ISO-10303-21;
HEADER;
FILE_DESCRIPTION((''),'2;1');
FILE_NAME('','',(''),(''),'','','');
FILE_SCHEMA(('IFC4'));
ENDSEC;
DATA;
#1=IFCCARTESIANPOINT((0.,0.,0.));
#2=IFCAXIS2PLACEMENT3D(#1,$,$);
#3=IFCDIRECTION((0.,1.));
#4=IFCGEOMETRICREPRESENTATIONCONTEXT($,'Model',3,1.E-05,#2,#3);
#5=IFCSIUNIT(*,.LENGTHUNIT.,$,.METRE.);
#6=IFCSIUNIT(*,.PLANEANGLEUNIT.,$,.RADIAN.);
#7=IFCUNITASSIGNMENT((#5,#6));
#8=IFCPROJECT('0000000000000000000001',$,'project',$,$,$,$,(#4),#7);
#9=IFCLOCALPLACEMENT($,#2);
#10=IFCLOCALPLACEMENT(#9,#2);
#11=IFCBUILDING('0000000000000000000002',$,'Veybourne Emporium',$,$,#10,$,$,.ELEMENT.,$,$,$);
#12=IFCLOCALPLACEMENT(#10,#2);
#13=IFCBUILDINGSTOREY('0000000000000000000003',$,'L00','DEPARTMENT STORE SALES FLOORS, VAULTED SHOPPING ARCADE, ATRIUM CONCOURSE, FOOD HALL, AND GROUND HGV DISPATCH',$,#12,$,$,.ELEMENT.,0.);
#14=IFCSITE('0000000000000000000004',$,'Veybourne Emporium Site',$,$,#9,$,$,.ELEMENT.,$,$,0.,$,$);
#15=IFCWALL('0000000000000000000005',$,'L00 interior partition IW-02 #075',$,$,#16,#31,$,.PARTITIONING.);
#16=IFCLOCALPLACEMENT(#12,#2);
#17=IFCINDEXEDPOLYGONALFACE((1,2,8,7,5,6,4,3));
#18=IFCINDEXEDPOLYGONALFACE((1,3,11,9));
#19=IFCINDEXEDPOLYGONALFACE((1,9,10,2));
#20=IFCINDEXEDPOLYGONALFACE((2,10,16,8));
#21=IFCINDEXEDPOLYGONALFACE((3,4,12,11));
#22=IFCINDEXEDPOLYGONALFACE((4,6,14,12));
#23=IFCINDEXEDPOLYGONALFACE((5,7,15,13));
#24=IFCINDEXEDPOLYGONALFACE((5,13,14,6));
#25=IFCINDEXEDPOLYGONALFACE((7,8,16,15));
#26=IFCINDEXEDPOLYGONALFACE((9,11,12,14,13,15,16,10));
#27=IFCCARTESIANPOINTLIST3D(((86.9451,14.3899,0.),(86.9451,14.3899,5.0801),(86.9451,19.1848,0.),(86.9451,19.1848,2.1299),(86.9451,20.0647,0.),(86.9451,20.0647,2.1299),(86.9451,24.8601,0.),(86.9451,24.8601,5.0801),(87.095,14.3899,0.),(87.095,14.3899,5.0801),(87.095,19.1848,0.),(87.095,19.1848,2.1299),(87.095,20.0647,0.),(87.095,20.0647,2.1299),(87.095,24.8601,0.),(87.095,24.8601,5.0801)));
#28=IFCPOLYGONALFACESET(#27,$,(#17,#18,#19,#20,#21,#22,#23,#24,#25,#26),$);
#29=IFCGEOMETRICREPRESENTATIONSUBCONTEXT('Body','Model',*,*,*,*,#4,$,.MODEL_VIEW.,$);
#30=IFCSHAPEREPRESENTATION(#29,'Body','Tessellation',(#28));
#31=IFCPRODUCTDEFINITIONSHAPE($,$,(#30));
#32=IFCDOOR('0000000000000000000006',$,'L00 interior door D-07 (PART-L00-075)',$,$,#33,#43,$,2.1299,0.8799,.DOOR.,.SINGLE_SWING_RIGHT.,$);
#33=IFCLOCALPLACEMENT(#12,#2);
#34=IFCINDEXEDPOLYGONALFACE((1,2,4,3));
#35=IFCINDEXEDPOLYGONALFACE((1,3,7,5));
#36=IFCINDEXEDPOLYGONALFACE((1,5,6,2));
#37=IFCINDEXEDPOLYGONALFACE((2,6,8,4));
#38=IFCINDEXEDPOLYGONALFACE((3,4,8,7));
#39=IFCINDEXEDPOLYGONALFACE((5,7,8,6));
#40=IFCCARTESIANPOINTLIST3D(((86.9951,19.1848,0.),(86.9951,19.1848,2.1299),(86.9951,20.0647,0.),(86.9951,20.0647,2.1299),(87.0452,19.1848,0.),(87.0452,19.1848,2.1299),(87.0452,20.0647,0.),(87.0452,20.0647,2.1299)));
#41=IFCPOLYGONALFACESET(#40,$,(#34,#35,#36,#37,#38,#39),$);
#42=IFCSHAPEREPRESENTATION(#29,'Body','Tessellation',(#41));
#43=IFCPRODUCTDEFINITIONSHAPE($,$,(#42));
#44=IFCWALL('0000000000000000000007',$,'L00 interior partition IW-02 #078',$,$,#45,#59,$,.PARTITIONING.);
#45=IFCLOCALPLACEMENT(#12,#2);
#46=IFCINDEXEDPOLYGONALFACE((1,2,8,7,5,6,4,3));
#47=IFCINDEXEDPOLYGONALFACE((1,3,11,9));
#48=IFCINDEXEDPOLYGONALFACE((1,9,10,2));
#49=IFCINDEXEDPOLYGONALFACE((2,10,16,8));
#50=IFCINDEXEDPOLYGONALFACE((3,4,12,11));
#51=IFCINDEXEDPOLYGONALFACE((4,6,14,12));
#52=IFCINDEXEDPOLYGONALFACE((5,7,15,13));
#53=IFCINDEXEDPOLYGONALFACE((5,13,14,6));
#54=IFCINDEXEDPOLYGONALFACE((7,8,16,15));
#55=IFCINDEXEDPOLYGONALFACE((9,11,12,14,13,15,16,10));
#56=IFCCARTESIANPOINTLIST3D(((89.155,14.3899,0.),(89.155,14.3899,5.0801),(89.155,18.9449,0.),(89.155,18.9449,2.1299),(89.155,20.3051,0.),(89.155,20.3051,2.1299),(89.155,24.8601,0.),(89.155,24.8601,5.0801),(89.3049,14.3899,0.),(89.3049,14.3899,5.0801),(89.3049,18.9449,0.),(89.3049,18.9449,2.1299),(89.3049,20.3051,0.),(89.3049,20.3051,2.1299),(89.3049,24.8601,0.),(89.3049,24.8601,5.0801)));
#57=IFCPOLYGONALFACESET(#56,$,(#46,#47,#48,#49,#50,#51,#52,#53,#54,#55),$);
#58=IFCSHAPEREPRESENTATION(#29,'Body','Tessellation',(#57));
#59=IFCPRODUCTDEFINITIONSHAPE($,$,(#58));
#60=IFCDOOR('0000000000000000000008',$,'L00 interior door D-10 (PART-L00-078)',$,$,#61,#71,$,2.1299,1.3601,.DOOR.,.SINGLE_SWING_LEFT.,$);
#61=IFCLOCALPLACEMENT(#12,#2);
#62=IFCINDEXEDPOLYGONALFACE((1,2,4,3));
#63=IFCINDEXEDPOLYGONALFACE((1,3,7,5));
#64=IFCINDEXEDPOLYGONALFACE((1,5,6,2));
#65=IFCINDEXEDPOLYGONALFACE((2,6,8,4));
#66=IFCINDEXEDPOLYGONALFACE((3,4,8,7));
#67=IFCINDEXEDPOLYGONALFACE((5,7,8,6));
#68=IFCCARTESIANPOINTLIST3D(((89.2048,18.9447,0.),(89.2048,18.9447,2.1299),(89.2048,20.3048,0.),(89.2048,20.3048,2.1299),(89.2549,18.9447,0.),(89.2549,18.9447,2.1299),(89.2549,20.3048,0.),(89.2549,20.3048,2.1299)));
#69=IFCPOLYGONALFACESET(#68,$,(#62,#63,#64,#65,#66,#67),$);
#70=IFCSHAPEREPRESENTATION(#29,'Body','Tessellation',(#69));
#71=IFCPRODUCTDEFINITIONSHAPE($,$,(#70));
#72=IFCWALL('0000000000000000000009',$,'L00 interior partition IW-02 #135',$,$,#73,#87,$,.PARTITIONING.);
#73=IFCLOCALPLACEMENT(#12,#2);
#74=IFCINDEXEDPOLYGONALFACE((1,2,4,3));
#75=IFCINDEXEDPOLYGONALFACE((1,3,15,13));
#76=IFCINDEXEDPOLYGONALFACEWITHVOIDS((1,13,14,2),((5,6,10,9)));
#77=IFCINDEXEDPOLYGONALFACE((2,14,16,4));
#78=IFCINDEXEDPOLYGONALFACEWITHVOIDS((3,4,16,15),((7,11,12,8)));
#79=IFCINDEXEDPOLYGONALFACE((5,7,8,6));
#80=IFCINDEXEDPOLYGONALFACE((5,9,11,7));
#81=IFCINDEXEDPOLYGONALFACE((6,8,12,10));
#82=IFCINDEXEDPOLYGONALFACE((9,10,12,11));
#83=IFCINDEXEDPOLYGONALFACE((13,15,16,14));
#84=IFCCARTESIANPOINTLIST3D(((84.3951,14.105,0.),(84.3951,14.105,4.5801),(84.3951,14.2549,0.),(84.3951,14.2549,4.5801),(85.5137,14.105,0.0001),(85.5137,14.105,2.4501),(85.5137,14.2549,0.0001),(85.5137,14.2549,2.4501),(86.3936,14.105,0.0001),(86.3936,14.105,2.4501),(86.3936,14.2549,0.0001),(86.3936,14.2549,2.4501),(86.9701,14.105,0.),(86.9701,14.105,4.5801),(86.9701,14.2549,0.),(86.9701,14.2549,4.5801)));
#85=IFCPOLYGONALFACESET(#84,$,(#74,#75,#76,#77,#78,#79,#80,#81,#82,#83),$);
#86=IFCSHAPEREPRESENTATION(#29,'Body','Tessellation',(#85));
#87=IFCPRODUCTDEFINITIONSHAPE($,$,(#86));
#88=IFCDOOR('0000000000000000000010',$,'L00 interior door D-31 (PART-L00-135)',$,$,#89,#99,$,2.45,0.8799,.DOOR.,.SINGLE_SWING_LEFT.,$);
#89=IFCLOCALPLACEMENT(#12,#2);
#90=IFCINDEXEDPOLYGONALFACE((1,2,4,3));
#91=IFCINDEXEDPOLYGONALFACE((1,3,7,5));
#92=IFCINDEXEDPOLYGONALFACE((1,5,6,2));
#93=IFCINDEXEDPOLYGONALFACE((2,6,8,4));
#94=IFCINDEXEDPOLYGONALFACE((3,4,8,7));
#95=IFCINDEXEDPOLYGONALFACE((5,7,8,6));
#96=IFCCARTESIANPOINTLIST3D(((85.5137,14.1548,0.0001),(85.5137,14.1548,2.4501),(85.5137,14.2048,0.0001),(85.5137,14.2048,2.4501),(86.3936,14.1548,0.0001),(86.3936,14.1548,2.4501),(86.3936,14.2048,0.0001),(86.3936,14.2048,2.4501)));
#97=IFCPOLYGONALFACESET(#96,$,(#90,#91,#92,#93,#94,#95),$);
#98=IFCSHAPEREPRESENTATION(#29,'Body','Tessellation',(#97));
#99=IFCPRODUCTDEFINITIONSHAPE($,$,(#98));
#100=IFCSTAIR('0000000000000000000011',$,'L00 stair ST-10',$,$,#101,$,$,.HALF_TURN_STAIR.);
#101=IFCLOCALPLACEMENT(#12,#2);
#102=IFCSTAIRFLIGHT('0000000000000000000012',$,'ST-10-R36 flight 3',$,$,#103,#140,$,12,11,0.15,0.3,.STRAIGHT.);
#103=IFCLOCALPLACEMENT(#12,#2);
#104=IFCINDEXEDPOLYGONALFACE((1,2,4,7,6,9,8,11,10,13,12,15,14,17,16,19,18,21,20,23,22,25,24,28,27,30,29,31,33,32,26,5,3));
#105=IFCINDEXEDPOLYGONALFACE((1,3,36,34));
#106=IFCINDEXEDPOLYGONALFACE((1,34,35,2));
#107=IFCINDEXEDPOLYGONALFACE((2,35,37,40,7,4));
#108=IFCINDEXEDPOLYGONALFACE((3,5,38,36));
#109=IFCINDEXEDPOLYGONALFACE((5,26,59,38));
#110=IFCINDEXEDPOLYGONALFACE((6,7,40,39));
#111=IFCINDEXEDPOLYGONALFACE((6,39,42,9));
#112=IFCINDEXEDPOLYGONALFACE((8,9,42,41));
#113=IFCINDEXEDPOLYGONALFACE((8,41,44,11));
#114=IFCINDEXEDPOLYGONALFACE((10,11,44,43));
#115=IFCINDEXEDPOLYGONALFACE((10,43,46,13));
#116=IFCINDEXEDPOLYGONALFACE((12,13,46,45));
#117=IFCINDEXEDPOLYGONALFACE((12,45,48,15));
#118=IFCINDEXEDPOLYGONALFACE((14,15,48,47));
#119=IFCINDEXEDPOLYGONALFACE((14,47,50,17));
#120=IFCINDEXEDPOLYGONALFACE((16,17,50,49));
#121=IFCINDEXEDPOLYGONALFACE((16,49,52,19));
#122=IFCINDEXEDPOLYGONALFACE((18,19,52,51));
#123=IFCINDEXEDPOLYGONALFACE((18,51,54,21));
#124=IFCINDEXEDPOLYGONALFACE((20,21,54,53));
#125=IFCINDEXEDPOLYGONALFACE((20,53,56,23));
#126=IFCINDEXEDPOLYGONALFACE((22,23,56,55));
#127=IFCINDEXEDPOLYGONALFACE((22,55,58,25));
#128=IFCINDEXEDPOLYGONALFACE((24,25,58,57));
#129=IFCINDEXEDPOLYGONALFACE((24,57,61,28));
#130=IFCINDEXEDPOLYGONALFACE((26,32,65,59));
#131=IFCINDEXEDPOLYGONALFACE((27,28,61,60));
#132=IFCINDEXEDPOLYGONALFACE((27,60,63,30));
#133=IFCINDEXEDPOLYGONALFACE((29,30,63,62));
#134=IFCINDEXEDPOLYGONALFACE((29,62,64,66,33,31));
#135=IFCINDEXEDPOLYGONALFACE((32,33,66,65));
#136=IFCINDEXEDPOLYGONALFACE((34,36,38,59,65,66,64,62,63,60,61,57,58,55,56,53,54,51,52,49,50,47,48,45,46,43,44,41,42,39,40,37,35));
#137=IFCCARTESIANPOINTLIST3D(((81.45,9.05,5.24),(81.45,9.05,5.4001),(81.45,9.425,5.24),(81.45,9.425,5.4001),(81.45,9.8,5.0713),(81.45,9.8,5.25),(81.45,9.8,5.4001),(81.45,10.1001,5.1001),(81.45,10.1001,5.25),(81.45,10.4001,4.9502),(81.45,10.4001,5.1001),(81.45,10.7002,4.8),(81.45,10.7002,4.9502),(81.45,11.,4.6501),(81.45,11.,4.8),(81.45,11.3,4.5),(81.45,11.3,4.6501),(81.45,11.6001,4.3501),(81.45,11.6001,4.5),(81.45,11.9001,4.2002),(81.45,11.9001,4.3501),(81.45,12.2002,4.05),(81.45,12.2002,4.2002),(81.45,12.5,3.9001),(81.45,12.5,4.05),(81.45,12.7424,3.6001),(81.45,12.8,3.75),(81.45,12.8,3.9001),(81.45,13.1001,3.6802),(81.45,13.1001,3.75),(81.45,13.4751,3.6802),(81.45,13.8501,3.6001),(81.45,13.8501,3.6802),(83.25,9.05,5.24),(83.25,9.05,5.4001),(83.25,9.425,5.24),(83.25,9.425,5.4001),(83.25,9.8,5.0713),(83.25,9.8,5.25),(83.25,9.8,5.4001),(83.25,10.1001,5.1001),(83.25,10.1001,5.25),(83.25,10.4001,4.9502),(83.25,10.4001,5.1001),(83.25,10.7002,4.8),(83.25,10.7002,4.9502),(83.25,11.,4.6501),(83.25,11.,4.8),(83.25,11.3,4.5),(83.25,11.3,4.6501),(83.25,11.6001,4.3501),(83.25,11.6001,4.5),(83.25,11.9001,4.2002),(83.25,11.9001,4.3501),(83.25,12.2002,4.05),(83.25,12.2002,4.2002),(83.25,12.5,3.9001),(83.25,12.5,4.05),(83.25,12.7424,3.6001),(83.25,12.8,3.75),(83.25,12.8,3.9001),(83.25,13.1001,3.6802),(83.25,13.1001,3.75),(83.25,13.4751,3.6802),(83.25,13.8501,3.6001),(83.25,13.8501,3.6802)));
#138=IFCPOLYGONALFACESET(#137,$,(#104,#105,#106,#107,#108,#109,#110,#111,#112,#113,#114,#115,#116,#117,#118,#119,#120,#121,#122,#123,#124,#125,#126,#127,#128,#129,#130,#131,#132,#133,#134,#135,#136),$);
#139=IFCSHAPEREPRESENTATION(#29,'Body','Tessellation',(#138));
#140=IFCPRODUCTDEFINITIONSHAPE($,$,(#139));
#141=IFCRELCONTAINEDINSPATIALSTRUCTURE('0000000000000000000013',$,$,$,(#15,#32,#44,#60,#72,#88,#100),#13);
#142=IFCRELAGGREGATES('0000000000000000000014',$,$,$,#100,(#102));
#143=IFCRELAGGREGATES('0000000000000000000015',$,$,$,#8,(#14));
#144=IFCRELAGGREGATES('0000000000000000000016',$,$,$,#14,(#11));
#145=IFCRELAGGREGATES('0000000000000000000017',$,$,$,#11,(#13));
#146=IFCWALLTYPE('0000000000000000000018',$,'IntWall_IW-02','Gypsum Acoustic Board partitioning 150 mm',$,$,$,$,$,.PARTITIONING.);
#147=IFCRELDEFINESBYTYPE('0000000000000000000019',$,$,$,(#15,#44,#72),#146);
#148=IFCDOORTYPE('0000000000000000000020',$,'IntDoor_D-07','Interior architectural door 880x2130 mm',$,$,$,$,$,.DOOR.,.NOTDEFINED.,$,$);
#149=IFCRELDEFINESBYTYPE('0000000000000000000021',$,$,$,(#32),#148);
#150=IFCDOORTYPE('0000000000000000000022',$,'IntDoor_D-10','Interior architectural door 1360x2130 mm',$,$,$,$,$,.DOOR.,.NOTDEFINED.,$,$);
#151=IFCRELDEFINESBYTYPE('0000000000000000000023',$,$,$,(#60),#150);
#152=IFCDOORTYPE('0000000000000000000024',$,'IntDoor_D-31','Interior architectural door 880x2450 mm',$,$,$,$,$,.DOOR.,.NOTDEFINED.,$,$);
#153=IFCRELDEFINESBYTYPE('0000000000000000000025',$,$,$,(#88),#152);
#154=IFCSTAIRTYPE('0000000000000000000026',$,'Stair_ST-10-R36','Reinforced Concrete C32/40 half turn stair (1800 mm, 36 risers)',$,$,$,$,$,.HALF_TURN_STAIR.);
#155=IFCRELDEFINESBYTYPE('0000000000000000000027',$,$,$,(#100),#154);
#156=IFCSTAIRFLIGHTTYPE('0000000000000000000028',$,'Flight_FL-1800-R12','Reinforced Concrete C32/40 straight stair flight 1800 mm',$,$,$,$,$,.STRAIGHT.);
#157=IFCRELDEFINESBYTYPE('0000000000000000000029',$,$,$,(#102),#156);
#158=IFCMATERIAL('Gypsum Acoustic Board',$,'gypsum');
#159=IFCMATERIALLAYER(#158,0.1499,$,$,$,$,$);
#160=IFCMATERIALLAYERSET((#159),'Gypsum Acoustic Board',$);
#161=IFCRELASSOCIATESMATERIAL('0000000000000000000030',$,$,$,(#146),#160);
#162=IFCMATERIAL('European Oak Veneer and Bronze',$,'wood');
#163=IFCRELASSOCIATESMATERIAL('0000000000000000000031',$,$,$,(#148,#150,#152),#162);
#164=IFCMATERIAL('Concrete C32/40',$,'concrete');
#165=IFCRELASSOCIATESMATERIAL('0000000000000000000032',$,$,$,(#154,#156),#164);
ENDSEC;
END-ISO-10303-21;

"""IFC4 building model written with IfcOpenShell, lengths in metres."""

from ifc_helpers import new_model, si_unit, direction, frame, frame_2d, origin, place, context, subcontext, project, spatial, polyline, rectangle, outline, extrude, material, layer, layer_set, type_object, element, fill, aggregate, save


model = new_model("IFC4")

# Units and contexts
model_context = context("Model", 3, precision=1e-05, world=origin(), true_north=direction((0.0, 1.0)))
body_context = subcontext(model_context, "Body", "Model", "MODEL_VIEW")
ifc_project = project(units=[si_unit("LENGTHUNIT", "METRE"), si_unit("PLANEANGLEUNIT", "RADIAN")], contexts=[model_context])

# Site, building, storey
site_placement = place(None, origin())
site = spatial("IfcSite", under=ifc_project, at=site_placement, Name="Veybourne Emporium Site", CompositionType="ELEMENT", RefElevation=0.0)
building_placement = place(site_placement, origin())
building = spatial("IfcBuilding", under=site, at=building_placement, Name="Veybourne Emporium", CompositionType="ELEMENT")
storey_placement = place(building_placement, origin())
storey = spatial("IfcBuildingStorey", under=building, at=storey_placement, Name="L00", Description="DEPARTMENT STORE SALES FLOORS, VAULTED SHOPPING ARCADE, ATRIUM CONCOURSE, FOOD HALL, AND GROUND HGV DISPATCH", CompositionType="ELEMENT", Elevation=0.0)

# Shared definitions
ifc_material_1 = material(Name="Concrete C32/40", Category="concrete")

# Walls, openings, doors
ifc_material_2 = material(Name="Gypsum Acoustic Board", Category="gypsum")
ifc_material_3 = material(Name="European Oak Veneer and Bronze", Category="wood")
ifc_layer_1 = layer(ifc_material_2, 0.1499)
ifc_layer_set_1 = layer_set([ifc_layer_1], Name="Gypsum Acoustic Board")
wall_type_1 = type_object("IfcWallType", Name="IntWall_IW-02", Description="Gypsum Acoustic Board partitioning 150 mm", PredefinedType="PARTITIONING", material=ifc_layer_set_1)
wall_1_placement = place(storey_placement, frame((87.02, 14.3899, 0.0), z_axis=(0.0, 0.0, 1.0), x_axis=(0.0, 1.0, 0.0)))
wall_1 = element("IfcWall", 1, at=wall_1_placement, inside=storey, type_object=wall_type_1, Name="L00 interior partition IW-02 #075", PredefinedType="PARTITIONING", context=body_context, shape_type="SweptSolid", body=[
    extrude(rectangle(XDim=10.4702, YDim=0.1499, at=frame_2d((5.2351, 0.0))), origin(), (0.0, 0.0, 1.0), 5.0801),
])
opening_1_placement = place(wall_1_placement, frame((4.7949, 0.0, 0.0)))
opening_1 = element("IfcOpeningElement", 2, at=opening_1_placement, cuts=wall_1, PredefinedType="OPENING", context=body_context, shape_type="SweptSolid", body=[
    extrude(rectangle(XDim=0.8799, YDim=2.1299, at=frame_2d((0.4399, 1.0649))), frame((0.0, 0.095, 0.0), z_axis=(0.0, -1.0, 0.0), x_axis=(1.0, 0.0, 0.0)), (0.0, 0.0, 1.0), 0.1899),
])
door_type_1 = type_object("IfcDoorType", Name="IntDoor_D-07", Description="Interior architectural door 880x2130 mm", OperationType="NOTDEFINED", PredefinedType="DOOR", material=ifc_material_3)
door_1_placement = place(opening_1_placement, origin())
door_1 = element("IfcDoor", 3, at=door_1_placement, inside=storey, type_object=door_type_1, Name="L00 interior door D-07 (PART-L00-075)", OperationType="SINGLE_SWING_RIGHT", OverallHeight=2.1299, OverallWidth=0.8799, PredefinedType="DOOR", context=body_context, shape_type="SweptSolid", body=[
    extrude(rectangle(XDim=0.8799, YDim=2.1299, at=frame_2d((0.4399, 1.0649))), frame((0.0, 0.0249, 0.0), z_axis=(0.0, -1.0, 0.0), x_axis=(1.0, 0.0, 0.0)), (0.0, 0.0, 1.0), 0.05),
])
fill(opening_1, door_1)
wall_2_placement = place(storey_placement, frame((89.23, 14.3899, 0.0), z_axis=(0.0, 0.0, 1.0), x_axis=(0.0, 1.0, 0.0)))
wall_2 = element("IfcWall", 4, at=wall_2_placement, inside=storey, type_object=wall_type_1, Name="L00 interior partition IW-02 #078", PredefinedType="PARTITIONING", context=body_context, shape_type="SweptSolid", body=[
    extrude(rectangle(XDim=10.4702, YDim=0.1499, at=frame_2d((5.2351, 0.0))), origin(), (0.0, 0.0, 1.0), 5.0801),
])
opening_2_placement = place(wall_2_placement, frame((4.5549, 0.0, 0.0)))
opening_2 = element("IfcOpeningElement", 5, at=opening_2_placement, cuts=wall_2, PredefinedType="OPENING", context=body_context, shape_type="SweptSolid", body=[
    extrude(rectangle(XDim=1.3601, YDim=2.1299, at=frame_2d((0.6802, 1.0649))), frame((0.0, 0.095, 0.0), z_axis=(0.0, -1.0, 0.0), x_axis=(1.0, 0.0, 0.0)), (0.0, 0.0, 1.0), 0.1899),
])
door_type_2 = type_object("IfcDoorType", Name="IntDoor_D-10", Description="Interior architectural door 1360x2130 mm", OperationType="NOTDEFINED", PredefinedType="DOOR", material=ifc_material_3)
door_2_placement = place(opening_2_placement, frame((1.3601, 0.0, 0.0), z_axis=(0.0, 0.0, 1.0), x_axis=(-1.0, 0.0, 0.0)))
door_2 = element("IfcDoor", 6, at=door_2_placement, inside=storey, type_object=door_type_2, Name="L00 interior door D-10 (PART-L00-078)", OperationType="SINGLE_SWING_LEFT", OverallHeight=2.1299, OverallWidth=1.3601, PredefinedType="DOOR", context=body_context, shape_type="SweptSolid", body=[
    extrude(rectangle(XDim=1.3601, YDim=2.1299, at=frame_2d((0.6802, 1.0649))), frame((0.0, 0.0249, 0.0), z_axis=(0.0, -1.0, 0.0), x_axis=(1.0, 0.0, 0.0)), (0.0, 0.0, 1.0), 0.05),
])
fill(opening_2, door_2)
wall_3_placement = place(storey_placement, frame((84.395, 14.1799, 0.0), z_axis=(0.0, 0.0, 1.0), x_axis=(1.0, 0.0, 0.0)))
wall_3 = element("IfcWall", 7, at=wall_3_placement, inside=storey, type_object=wall_type_1, Name="L00 interior partition IW-02 #135", PredefinedType="PARTITIONING", context=body_context, shape_type="SweptSolid", body=[
    extrude(rectangle(XDim=2.575, YDim=0.1499, at=frame_2d((1.2876, 0.0))), origin(), (0.0, 0.0, 1.0), 4.5801),
])
opening_3_placement = place(wall_3_placement, frame((1.1187, 0.0, 0.0)))
opening_3 = element("IfcOpeningElement", 8, at=opening_3_placement, cuts=wall_3, PredefinedType="OPENING", context=body_context, shape_type="SweptSolid", body=[
    extrude(rectangle(XDim=0.8799, YDim=2.45, at=frame_2d((0.4399, 1.2251))), frame((0.0, 0.095, 0.0), z_axis=(0.0, -1.0, 0.0), x_axis=(1.0, 0.0, 0.0)), (0.0, 0.0, 1.0), 0.1899),
])
door_type_3 = type_object("IfcDoorType", Name="IntDoor_D-31", Description="Interior architectural door 880x2450 mm", OperationType="NOTDEFINED", PredefinedType="DOOR", material=ifc_material_3)
door_3_placement = place(opening_3_placement, origin())
door_3 = element("IfcDoor", 9, at=door_3_placement, inside=storey, type_object=door_type_3, Name="L00 interior door D-31 (PART-L00-135)", OperationType="SINGLE_SWING_LEFT", OverallHeight=2.45, OverallWidth=0.8799, PredefinedType="DOOR", context=body_context, shape_type="SweptSolid", body=[
    extrude(rectangle(XDim=0.8799, YDim=2.45, at=frame_2d((0.4399, 1.2251))), frame((0.0, 0.0249, 0.0), z_axis=(0.0, -1.0, 0.0), x_axis=(1.0, 0.0, 0.0)), (0.0, 0.0, 1.0), 0.05),
])
fill(opening_3, door_3)

# Stair, stair flight
stair_type = type_object("IfcStairType", Name="Stair_ST-10-R36", Description="Reinforced Concrete C32/40 half turn stair (1800 mm, 36 risers)", PredefinedType="HALF_TURN_STAIR", material=ifc_material_1)
stair_placement = place(storey_placement, origin())
stair = element("IfcStair", 10, at=stair_placement, inside=storey, type_object=stair_type, Name="L00 stair ST-10", PredefinedType="HALF_TURN_STAIR")
stair_flight_type = type_object("IfcStairFlightType", Name="Flight_FL-1800-R12", Description="Reinforced Concrete C32/40 straight stair flight 1800 mm", PredefinedType="STRAIGHT", material=ifc_material_1)
stair_flight_placement = place(storey_placement, frame((82.3501, 13.1001, 3.6001), z_axis=(0.0, 0.0, 1.0), x_axis=(0.0, -1.0, 0.0)))
stair_flight = element("IfcStairFlight", 11, at=stair_flight_placement, type_object=stair_flight_type, Name="ST-10-R36 flight 3", NumberOfRisers=12, NumberOfTreads=11, PredefinedType="STRAIGHT", RiserHeight=0.15, TreadLength=0.3, context=body_context, shape_type="SweptSolid", body=[
    extrude(outline(polyline([(-0.75, 0.0), (-0.75, 0.0801), (-0.375, 0.0801), (0.0, 0.0801), (0.0, 0.1499), (0.3, 0.1499), (0.3, 0.3), (0.6001, 0.3), (0.6001, 0.45), (0.8999, 0.45), (0.8999, 0.6001), (1.2, 0.6001), (1.2, 0.75), (1.5, 0.75), (1.5, 0.8999), (1.8, 0.8999), (1.8, 1.05), (2.1001, 1.05), (2.1001, 1.2), (2.3999, 1.2), (2.3999, 1.3501), (2.7, 1.3501), (2.7, 1.5), (3.0, 1.5), (3.0, 1.6499), (3.3, 1.6499), (3.3, 1.8), (3.675, 1.8), (4.05, 1.8), (4.05, 1.6399), (3.675, 1.6399), (3.3, 1.4712), (0.3577, 0.0), (-0.75, 0.0)])), frame((0.0, 0.8999, 0.0), z_axis=(0.0, -1.0, 0.0), x_axis=(1.0, 0.0, 0.0)), (0.0, 0.0, 1.0), 1.8),
])
aggregate(stair, [stair_flight])

save(model, "model.ifc")
